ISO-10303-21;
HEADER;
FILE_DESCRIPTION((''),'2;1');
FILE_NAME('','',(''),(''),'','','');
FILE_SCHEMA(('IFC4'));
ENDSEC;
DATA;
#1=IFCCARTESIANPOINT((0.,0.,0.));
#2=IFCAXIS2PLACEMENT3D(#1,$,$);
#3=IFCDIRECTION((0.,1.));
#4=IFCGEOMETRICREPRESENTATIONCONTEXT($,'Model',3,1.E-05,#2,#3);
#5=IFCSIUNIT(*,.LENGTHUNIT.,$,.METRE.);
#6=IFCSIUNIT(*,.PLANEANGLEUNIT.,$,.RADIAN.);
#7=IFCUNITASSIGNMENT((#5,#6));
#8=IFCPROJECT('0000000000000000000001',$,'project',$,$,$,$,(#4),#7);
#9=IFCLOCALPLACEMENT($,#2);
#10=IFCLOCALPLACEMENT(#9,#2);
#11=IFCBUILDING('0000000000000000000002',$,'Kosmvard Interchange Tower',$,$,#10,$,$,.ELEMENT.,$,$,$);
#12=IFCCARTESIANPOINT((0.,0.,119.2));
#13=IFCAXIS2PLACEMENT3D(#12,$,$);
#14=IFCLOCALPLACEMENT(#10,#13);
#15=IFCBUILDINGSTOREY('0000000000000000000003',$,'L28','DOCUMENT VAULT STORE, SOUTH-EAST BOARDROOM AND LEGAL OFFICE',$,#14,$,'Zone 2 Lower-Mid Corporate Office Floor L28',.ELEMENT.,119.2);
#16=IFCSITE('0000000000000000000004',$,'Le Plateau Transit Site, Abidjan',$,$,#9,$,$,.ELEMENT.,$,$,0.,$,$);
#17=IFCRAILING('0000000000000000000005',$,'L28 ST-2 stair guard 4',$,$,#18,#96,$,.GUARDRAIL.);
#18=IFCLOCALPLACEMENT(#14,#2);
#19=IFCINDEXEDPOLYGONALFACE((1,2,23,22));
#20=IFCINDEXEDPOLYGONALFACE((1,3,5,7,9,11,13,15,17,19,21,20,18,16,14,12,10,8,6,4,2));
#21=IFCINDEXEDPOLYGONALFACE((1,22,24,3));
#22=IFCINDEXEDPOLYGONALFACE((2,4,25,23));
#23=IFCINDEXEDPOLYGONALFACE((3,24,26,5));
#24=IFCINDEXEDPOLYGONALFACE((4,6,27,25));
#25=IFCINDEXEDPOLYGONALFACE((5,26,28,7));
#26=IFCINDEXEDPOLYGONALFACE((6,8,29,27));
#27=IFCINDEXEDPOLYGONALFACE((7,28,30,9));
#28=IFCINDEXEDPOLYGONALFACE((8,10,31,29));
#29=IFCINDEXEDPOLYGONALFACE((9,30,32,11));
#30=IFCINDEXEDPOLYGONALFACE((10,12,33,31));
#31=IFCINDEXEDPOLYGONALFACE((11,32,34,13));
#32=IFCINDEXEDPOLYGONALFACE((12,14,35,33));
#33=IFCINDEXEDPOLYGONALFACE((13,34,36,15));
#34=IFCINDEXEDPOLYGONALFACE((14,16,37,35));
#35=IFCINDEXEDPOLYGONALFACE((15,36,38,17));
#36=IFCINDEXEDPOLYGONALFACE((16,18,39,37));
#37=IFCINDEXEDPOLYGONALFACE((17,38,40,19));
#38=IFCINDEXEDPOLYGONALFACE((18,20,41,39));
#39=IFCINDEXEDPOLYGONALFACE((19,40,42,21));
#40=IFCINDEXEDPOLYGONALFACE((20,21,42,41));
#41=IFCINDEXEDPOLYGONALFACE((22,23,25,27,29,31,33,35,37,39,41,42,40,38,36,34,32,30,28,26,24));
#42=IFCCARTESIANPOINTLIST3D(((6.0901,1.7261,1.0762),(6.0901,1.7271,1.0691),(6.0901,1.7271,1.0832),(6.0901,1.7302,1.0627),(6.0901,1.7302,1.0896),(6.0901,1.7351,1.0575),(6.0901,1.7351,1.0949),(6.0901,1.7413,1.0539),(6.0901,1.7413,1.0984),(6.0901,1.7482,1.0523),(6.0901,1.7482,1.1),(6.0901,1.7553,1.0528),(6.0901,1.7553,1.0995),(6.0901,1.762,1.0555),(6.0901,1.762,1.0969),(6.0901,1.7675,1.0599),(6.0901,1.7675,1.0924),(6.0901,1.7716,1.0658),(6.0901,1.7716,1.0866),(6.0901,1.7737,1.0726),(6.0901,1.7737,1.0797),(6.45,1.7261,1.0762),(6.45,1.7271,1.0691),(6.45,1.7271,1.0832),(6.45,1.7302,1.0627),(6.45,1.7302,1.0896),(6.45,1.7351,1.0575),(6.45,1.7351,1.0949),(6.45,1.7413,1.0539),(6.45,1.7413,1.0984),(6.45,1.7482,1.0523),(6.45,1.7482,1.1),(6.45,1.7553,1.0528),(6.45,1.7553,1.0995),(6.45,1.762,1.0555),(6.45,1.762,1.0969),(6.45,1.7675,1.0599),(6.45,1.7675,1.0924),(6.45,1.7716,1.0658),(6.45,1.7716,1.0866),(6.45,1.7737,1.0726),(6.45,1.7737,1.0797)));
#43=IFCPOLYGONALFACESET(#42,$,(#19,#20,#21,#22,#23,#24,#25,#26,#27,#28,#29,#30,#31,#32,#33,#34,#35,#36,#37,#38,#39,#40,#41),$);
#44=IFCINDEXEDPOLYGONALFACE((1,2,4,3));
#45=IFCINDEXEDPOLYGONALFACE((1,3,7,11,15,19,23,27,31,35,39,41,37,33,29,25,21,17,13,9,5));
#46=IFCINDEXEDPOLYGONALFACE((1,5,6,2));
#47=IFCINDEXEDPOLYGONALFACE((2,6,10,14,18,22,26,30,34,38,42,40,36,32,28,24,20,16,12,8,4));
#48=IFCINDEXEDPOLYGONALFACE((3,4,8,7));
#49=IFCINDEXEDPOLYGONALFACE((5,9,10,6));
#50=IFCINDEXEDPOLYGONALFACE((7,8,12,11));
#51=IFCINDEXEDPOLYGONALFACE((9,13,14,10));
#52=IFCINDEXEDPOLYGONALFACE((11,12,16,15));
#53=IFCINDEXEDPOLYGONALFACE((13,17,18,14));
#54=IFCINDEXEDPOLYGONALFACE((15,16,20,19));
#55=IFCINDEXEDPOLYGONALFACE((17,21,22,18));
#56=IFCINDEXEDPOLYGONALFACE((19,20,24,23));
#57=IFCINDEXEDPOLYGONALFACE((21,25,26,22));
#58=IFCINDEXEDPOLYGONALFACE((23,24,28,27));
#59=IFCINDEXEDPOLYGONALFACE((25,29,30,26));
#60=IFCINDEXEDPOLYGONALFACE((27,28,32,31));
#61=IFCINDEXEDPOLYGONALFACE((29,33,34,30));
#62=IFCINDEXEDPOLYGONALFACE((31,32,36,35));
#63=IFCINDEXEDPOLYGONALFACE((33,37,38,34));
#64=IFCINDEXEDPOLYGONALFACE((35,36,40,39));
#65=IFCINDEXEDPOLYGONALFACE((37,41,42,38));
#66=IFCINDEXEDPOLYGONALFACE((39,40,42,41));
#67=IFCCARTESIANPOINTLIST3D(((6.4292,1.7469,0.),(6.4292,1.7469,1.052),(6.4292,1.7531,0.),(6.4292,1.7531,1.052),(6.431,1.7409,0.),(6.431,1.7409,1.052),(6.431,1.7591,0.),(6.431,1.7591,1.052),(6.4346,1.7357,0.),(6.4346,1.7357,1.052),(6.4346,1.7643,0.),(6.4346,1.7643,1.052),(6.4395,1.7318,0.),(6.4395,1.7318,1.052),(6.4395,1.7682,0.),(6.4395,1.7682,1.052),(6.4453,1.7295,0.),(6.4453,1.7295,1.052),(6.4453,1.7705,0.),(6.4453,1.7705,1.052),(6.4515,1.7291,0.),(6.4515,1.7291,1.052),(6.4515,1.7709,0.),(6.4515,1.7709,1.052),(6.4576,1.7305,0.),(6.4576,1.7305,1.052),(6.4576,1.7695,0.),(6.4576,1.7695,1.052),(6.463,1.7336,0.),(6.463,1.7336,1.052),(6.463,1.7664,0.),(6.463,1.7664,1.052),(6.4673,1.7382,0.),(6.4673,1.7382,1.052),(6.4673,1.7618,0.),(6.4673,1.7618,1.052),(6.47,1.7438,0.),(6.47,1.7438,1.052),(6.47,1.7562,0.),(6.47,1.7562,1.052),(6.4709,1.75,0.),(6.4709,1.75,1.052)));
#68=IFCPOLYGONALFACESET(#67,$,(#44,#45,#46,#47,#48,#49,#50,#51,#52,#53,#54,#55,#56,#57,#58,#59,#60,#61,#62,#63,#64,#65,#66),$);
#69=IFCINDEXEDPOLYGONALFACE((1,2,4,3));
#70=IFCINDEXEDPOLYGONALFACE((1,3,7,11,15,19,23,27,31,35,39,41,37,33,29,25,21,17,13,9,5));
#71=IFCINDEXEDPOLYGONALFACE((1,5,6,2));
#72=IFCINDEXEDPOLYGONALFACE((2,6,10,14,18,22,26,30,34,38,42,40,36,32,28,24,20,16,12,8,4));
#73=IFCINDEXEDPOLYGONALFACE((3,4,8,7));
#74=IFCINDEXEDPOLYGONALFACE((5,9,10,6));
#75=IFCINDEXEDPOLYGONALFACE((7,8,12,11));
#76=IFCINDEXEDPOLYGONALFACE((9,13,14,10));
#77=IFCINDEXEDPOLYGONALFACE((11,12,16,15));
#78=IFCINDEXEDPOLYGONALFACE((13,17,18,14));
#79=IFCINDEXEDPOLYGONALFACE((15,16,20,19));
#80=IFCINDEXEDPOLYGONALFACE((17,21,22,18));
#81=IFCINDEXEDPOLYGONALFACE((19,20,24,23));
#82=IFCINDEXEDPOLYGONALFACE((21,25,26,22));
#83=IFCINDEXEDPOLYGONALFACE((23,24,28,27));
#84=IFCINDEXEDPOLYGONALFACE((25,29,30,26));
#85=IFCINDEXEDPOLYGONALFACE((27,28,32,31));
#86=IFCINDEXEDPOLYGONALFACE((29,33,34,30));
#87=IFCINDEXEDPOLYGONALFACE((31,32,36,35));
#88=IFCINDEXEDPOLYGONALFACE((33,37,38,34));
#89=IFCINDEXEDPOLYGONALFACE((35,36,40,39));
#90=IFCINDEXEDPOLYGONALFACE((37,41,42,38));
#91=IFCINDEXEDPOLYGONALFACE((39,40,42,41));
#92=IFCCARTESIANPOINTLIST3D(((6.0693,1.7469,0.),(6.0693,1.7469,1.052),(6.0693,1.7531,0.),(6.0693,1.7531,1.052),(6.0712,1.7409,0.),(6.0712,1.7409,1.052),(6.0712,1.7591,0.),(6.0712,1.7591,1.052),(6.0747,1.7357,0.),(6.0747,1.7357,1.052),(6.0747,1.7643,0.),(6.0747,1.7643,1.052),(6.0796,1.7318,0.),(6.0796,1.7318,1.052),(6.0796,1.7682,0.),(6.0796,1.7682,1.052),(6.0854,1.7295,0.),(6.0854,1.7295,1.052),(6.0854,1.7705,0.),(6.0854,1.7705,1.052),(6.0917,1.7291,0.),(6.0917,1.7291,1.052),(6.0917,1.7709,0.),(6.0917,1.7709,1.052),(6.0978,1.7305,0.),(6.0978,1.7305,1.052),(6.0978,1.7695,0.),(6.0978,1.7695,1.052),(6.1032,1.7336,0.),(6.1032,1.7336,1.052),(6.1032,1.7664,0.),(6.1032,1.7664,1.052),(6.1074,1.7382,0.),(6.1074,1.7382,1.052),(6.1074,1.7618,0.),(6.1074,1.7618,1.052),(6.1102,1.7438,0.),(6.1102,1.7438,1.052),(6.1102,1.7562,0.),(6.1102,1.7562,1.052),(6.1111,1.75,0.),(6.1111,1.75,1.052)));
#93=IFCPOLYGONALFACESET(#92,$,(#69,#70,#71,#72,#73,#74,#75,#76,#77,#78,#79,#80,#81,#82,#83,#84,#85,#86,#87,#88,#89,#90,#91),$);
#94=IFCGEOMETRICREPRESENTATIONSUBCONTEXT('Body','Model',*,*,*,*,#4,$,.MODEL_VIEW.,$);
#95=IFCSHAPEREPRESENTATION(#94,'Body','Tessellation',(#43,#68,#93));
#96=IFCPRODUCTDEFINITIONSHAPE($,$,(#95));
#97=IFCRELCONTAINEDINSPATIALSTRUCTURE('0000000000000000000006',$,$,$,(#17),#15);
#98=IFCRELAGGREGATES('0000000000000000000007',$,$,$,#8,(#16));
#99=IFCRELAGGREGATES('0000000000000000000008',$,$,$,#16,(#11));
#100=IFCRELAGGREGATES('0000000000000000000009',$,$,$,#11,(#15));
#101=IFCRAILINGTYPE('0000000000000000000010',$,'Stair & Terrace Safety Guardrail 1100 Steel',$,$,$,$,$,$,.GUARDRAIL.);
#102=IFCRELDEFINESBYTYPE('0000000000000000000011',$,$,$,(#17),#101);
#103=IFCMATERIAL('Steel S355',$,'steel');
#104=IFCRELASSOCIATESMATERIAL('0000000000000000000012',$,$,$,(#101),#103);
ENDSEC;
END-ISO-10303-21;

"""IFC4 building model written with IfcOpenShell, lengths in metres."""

from ifc_helpers import new_model, si_unit, direction, frame, origin, origin_2d, place, context, subcontext, project, spatial, circle, extrude, source, transform, mapped, material, type_object, element, save


model = new_model("IFC4")

# Units and contexts
model_context = context("Model", 3, precision=1e-05, world=origin(), true_north=direction((0.0, 1.0)))
body_context = subcontext(model_context, "Body", "Model", "MODEL_VIEW")
ifc_project = project(units=[si_unit("LENGTHUNIT", "METRE"), si_unit("PLANEANGLEUNIT", "RADIAN")], contexts=[model_context])

# Site, building, storey
site_placement = place(None, origin())
site = spatial("IfcSite", under=ifc_project, at=site_placement, Name="Le Plateau Transit Site, Abidjan", CompositionType="ELEMENT", RefElevation=0.0)
building_placement = place(site_placement, origin())
building = spatial("IfcBuilding", under=site, at=building_placement, Name="Kosmvard Interchange Tower", CompositionType="ELEMENT")
storey_placement = place(building_placement, frame((0.0, 0.0, 119.2)))
storey = spatial("IfcBuildingStorey", under=building, at=storey_placement, Name="L28", Description="DOCUMENT VAULT STORE, SOUTH-EAST BOARDROOM AND LEGAL OFFICE", LongName="Zone 2 Lower-Mid Corporate Office Floor L28", CompositionType="ELEMENT", Elevation=119.2)

# Shared definitions
ifc_material_1 = material(Name="Steel S355", Category="steel")

# Railing
railing_type = type_object("IfcRailingType", Name="Stair & Terrace Safety Guardrail 1100 Steel", PredefinedType="GUARDRAIL", material=ifc_material_1)
shared_shape_1 = source(origin(), body_context, "Body", "SweptSolid", [
    extrude(circle(Radius=0.0239, at=origin_2d()), frame((0.0, 0.0, 1.0762), z_axis=(-1.0, 0.0, 0.0), x_axis=(0.0, -1.0, 0.0)), (0.0, 0.0, 1.0), 0.3599),
    extrude(circle(Radius=0.021, at=origin_2d()), origin(), (0.0, 0.0, 1.0), 1.052),
    extrude(circle(Radius=0.021, at=origin_2d()), frame((-0.3599, 0.0, 0.0)), (0.0, 0.0, 1.0), 1.052),
])
railing_1_placement = place(storey_placement, frame((6.45, 1.75, 0.0)))
element("IfcRailing", 1, at=railing_1_placement, inside=storey, type_object=railing_type, Name="L28 ST-2 stair guard 4", PredefinedType="GUARDRAIL", context=body_context, shape_type="MappedRepresentation", body=[
    mapped(shared_shape_1, transform((0.0, 0.0, 0.0), scale=1.0)),
])

save(model, "model.ifc")
